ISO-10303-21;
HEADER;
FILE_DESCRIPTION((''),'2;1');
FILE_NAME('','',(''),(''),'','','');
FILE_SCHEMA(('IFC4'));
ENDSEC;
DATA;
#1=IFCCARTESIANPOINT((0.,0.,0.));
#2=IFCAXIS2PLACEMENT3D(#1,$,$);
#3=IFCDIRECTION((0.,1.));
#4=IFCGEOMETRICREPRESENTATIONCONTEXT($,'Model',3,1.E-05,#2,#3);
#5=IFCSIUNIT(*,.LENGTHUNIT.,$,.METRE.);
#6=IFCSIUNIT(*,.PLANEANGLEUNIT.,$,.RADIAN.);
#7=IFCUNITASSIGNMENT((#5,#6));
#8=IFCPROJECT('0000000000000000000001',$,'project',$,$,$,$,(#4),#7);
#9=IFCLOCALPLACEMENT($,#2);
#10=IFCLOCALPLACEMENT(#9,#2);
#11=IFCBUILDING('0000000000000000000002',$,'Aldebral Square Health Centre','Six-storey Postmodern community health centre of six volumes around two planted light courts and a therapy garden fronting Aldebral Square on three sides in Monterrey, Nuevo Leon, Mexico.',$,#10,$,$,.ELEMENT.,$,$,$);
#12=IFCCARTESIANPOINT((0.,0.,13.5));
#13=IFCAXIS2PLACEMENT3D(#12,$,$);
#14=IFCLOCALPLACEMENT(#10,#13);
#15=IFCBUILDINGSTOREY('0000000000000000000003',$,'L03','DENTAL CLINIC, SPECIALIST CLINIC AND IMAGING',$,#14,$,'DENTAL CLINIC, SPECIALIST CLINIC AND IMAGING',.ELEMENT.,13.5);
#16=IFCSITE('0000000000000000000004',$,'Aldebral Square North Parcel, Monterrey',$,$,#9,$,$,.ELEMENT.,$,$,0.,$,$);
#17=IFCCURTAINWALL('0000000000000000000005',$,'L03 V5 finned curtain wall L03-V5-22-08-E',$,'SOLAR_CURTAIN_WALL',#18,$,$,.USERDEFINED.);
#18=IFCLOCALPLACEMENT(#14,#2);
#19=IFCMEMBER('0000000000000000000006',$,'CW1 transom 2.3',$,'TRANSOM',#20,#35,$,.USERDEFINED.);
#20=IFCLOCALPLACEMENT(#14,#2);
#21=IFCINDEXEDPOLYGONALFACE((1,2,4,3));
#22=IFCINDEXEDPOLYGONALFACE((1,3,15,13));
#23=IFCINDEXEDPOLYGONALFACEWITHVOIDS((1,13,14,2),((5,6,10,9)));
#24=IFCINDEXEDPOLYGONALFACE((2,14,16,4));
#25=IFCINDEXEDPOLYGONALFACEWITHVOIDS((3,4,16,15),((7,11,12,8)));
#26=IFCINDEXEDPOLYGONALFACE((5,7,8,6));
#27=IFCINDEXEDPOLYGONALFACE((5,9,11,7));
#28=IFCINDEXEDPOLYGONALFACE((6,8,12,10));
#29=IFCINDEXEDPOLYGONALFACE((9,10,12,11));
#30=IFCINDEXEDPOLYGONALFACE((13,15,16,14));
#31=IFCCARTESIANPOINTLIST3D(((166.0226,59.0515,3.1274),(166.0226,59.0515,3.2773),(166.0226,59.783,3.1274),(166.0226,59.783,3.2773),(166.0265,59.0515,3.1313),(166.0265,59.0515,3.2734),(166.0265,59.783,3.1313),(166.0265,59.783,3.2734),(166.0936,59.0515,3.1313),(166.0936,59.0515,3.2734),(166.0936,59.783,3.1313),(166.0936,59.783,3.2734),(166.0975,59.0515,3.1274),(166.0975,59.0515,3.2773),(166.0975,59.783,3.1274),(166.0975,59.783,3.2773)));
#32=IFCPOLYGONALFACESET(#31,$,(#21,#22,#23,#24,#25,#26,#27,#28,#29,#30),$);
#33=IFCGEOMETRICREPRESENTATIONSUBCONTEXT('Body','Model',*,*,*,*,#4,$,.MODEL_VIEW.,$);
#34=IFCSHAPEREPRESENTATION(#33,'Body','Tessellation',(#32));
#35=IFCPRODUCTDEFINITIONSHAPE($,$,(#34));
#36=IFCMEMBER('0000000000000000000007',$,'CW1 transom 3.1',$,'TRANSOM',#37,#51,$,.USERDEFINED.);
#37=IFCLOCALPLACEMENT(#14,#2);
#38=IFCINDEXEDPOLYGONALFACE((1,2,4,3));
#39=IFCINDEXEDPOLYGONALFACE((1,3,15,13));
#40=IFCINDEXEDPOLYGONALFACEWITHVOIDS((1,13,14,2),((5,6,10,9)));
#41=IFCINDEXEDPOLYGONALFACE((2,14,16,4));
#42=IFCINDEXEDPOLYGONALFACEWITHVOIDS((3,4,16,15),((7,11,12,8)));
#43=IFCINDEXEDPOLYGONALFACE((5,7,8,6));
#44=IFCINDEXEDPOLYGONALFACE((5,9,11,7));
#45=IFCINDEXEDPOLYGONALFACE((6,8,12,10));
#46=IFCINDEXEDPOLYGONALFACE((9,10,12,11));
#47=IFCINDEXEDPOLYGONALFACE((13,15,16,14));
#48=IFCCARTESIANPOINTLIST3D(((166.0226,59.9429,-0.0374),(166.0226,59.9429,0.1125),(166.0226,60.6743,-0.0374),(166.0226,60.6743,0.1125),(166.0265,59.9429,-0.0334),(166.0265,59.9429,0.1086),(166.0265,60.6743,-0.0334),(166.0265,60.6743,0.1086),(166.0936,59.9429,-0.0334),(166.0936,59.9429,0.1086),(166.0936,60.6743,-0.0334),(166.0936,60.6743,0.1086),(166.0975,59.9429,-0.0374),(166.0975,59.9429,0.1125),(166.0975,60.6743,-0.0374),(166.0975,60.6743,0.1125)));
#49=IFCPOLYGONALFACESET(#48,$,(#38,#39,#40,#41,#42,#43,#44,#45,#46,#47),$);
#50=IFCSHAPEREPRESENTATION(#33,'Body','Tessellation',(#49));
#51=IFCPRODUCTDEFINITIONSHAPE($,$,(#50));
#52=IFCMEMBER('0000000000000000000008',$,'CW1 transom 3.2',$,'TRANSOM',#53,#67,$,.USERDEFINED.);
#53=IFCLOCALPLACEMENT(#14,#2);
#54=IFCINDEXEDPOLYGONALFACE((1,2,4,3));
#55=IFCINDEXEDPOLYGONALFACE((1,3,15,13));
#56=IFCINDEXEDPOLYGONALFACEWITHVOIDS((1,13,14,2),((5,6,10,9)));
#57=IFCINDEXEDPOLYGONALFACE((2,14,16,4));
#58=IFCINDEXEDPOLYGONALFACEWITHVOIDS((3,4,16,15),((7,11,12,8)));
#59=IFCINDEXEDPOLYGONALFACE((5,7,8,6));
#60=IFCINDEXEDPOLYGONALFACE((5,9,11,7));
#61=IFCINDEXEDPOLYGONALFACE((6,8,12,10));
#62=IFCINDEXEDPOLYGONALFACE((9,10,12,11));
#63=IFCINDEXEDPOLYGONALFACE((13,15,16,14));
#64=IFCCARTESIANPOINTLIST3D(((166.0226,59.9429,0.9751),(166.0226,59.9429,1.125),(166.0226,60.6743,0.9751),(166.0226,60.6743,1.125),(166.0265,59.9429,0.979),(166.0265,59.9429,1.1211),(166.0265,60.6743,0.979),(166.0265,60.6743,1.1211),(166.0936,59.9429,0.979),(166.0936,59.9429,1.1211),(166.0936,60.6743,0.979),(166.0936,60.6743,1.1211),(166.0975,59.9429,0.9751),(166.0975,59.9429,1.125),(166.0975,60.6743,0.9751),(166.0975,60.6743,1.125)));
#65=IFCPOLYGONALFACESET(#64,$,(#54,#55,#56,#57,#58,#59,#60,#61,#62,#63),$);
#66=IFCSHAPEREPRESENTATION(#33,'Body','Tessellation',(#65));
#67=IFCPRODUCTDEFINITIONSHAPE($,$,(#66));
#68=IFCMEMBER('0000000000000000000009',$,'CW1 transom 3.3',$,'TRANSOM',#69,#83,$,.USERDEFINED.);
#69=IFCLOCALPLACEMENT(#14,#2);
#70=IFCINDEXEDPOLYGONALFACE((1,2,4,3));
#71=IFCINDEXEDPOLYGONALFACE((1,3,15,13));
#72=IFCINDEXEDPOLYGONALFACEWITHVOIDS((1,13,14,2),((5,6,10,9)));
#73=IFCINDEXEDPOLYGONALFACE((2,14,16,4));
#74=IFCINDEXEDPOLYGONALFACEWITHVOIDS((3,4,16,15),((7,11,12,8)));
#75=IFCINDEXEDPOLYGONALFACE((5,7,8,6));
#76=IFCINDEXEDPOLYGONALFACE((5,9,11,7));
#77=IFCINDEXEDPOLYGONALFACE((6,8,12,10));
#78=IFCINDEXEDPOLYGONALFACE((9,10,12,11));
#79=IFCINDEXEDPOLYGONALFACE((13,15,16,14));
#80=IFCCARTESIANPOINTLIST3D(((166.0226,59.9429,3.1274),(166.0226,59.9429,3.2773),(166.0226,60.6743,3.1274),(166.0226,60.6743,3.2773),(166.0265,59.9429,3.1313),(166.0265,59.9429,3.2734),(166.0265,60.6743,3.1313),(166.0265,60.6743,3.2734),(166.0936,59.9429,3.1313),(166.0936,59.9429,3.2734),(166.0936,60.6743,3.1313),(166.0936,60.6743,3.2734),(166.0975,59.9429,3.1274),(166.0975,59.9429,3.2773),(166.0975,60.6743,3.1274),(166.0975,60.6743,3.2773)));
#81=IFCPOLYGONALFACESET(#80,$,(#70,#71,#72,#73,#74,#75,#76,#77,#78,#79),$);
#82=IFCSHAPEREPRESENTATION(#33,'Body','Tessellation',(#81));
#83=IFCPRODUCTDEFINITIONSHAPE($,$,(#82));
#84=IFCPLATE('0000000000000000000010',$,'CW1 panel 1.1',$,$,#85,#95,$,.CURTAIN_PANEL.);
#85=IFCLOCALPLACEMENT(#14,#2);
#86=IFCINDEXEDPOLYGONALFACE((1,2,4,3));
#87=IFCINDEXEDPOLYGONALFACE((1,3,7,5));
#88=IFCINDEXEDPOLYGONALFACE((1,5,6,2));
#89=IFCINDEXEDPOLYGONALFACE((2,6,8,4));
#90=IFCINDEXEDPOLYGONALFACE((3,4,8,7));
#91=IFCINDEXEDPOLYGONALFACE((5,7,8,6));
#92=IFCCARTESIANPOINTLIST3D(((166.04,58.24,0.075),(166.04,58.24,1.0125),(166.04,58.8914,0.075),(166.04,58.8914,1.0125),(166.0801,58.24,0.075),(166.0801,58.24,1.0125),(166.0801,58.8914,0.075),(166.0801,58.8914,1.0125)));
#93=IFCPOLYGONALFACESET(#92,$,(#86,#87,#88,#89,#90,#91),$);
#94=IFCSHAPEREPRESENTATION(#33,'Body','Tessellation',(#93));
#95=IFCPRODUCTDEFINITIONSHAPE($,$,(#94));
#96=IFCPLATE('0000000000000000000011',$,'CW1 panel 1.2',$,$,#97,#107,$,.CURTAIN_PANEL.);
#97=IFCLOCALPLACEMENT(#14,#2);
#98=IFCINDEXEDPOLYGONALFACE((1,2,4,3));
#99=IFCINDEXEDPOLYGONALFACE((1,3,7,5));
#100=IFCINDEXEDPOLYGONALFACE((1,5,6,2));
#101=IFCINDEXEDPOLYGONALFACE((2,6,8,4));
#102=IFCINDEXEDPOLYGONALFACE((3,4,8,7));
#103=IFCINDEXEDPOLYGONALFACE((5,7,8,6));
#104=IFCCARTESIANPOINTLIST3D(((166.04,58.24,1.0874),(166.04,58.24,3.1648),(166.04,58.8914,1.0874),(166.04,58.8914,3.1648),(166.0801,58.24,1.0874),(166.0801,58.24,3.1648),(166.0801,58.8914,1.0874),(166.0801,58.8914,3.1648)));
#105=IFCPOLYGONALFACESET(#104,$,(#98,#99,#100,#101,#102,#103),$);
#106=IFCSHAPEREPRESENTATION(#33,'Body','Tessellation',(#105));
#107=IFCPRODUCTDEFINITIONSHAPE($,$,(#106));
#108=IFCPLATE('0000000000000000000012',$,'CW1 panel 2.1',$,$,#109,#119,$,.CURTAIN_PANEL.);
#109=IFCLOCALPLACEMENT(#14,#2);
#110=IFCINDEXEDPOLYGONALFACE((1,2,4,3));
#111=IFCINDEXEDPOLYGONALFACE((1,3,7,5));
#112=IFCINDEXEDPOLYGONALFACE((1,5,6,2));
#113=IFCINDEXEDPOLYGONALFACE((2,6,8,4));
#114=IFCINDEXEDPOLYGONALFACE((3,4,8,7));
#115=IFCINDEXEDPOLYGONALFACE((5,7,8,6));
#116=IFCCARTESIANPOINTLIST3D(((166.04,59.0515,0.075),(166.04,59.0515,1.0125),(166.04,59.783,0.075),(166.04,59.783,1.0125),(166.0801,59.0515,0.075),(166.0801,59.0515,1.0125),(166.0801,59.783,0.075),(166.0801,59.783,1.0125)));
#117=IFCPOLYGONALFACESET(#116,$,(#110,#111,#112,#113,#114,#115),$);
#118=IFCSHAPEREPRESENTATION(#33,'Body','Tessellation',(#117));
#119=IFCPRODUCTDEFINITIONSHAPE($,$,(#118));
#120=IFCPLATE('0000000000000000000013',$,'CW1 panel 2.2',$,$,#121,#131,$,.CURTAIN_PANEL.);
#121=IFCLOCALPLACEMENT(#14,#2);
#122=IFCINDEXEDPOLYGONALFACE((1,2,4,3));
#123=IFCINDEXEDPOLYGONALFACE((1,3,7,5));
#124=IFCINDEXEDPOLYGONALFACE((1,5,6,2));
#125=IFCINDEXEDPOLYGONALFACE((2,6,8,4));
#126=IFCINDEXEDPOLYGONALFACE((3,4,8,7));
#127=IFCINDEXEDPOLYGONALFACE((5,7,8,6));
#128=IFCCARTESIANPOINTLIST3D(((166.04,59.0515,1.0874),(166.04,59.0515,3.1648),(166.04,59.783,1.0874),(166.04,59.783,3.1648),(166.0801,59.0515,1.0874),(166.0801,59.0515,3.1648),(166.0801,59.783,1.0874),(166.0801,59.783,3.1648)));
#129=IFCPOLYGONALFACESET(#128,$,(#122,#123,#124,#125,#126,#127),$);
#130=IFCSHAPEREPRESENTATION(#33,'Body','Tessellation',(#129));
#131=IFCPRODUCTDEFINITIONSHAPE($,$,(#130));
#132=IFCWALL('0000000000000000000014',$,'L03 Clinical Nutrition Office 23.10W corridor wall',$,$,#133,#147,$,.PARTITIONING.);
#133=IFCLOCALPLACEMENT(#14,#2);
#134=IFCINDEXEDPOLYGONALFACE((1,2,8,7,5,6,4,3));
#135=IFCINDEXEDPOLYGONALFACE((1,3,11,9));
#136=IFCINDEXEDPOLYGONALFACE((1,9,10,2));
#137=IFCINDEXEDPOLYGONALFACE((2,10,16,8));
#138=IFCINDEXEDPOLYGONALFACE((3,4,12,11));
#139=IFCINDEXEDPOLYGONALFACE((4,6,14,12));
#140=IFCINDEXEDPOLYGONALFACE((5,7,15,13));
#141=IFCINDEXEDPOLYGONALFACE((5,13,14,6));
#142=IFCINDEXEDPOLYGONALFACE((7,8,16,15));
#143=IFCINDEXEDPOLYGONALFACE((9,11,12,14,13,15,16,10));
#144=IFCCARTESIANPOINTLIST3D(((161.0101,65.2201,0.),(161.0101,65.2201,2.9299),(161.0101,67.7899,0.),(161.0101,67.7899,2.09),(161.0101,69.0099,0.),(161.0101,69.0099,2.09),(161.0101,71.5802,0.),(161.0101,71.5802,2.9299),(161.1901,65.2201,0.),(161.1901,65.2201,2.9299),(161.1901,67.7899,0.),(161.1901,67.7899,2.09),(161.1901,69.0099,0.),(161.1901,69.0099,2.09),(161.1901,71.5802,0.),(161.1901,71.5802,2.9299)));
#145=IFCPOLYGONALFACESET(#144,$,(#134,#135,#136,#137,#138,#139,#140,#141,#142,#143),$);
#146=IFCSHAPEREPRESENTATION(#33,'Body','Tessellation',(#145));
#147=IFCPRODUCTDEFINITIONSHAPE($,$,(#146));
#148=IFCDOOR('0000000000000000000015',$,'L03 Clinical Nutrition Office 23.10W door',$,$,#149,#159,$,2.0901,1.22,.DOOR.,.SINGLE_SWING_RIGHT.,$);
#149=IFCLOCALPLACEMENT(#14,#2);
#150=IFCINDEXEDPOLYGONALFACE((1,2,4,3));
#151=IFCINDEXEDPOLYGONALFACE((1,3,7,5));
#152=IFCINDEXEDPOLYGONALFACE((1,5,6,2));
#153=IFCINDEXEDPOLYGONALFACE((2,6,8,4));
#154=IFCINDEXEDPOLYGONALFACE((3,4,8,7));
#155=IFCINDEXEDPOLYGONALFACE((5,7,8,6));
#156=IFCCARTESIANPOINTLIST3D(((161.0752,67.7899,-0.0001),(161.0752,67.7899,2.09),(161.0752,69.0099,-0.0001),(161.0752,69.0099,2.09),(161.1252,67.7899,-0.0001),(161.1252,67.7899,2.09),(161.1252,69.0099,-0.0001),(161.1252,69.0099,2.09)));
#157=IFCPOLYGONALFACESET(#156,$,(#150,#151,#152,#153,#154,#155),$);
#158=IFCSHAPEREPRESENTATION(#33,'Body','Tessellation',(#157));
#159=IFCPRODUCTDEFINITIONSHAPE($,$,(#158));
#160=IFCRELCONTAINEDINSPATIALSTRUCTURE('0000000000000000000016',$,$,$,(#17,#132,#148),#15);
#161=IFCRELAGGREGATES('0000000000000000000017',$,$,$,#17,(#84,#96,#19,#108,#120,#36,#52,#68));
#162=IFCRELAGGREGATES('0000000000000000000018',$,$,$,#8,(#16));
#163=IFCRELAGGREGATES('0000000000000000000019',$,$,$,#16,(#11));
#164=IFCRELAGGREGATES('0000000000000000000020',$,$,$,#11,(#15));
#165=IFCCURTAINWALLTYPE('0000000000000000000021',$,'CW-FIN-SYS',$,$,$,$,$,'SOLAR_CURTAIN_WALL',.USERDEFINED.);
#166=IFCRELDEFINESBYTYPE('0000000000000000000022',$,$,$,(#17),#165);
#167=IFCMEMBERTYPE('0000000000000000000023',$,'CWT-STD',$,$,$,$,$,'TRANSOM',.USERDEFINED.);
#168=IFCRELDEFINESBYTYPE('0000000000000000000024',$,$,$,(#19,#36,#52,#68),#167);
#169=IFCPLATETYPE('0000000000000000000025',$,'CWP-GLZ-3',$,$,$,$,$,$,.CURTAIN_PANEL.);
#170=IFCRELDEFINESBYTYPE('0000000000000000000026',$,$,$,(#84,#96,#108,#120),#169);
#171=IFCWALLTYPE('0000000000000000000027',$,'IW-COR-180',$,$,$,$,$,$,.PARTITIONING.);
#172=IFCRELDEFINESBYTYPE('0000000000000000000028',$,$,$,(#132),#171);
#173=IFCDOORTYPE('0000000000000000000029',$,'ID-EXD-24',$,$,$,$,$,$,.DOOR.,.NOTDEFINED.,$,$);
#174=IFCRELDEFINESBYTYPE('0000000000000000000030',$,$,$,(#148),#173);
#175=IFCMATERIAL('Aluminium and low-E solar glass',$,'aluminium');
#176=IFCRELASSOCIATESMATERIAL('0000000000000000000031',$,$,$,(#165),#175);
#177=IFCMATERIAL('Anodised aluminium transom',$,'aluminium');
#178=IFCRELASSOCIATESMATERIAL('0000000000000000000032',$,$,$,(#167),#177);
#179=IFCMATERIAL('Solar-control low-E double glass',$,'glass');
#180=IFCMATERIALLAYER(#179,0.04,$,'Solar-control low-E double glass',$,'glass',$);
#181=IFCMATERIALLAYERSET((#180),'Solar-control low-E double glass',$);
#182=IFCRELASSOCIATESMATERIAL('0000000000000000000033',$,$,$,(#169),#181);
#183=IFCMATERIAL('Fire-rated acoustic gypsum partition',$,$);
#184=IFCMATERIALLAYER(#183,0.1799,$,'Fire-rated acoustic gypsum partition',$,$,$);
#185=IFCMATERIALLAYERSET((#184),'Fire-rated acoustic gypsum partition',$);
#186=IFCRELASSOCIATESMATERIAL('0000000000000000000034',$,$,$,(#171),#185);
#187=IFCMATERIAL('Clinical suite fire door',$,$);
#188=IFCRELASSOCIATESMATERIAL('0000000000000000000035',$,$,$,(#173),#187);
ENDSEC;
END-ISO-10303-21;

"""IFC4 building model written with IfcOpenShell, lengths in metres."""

from ifc_helpers import new_model, si_unit, direction, frame, frame_2d, origin, origin_2d, place, context, subcontext, project, spatial, rectangle, hollow_rectangle, extrude, material, layer, layer_set, material_profile, profile_set, type_object, element, fill, aggregate, save


model = new_model("IFC4")

# Units and contexts
model_context = context("Model", 3, precision=1e-05, world=origin(), true_north=direction((0.0, 1.0)))
body_context = subcontext(model_context, "Body", "Model", "MODEL_VIEW")
ifc_project = project(units=[si_unit("LENGTHUNIT", "METRE"), si_unit("PLANEANGLEUNIT", "RADIAN")], contexts=[model_context])

# Site, building, storey
site_placement = place(None, origin())
site = spatial("IfcSite", under=ifc_project, at=site_placement, Name="Aldebral Square North Parcel, Monterrey", CompositionType="ELEMENT", RefElevation=0.0)
building_placement = place(site_placement, origin())
building = spatial("IfcBuilding", under=site, at=building_placement, Name="Aldebral Square Health Centre", Description="Six-storey Postmodern community health centre of six volumes around two planted light courts and a therapy garden fronting Aldebral Square on three sides in Monterrey, Nuevo Leon, Mexico.", CompositionType="ELEMENT")
storey_placement = place(building_placement, frame((0.0, 0.0, 13.5)))
storey = spatial("IfcBuildingStorey", under=building, at=storey_placement, Name="L03", Description="DENTAL CLINIC, SPECIALIST CLINIC AND IMAGING", LongName="DENTAL CLINIC, SPECIALIST CLINIC AND IMAGING", CompositionType="ELEMENT", Elevation=13.5)

# Curtain wall, members, plates
ifc_material_1 = material(Name="Aluminium and low-E solar glass", Category="aluminium")
curtain_wall_type = type_object("IfcCurtainWallType", Name="CW-FIN-SYS", ElementType="SOLAR_CURTAIN_WALL", PredefinedType="USERDEFINED", material=ifc_material_1)
curtain_wall_placement = place(storey_placement, origin())
curtain_wall = element("IfcCurtainWall", 1, at=curtain_wall_placement, inside=storey, type_object=curtain_wall_type, Name="L03 V5 finned curtain wall L03-V5-22-08-E", ObjectType="SOLAR_CURTAIN_WALL", PredefinedType="USERDEFINED")
ifc_material_2 = material(Name="Anodised aluminium transom", Category="aluminium")
ifc_material_profile_1 = material_profile(ifc_material_2, hollow_rectangle(XDim=0.075, YDim=0.1499, WallThickness=0.0039, at=origin_2d()), Name="CWT 75x150x4")
ifc_profile_set_1 = profile_set([ifc_material_profile_1], Name="Anodised aluminium transom")
member_type_1 = type_object("IfcMemberType", Name="CWT-STD", ElementType="TRANSOM", PredefinedType="USERDEFINED", material=ifc_profile_set_1)
member_1_placement = place(storey_placement, frame((166.0601, 59.0515, 3.2024), z_axis=(0.0, 1.0, 0.0), x_axis=(-1.0, 0.0, 0.0)))
member_1 = element("IfcMember", 2, at=member_1_placement, type_object=member_type_1, Name="CW1 transom 2.3", ObjectType="TRANSOM", PredefinedType="USERDEFINED", context=body_context, shape_type="SweptSolid", body=[
    extrude(hollow_rectangle(XDim=0.075, YDim=0.1499, WallThickness=0.0039, at=origin_2d()), origin(), (0.0, 0.0, 1.0), 0.7314),
])
member_2_placement = place(storey_placement, frame((166.0601, 59.9429, 0.0376), z_axis=(0.0, 1.0, 0.0), x_axis=(-1.0, 0.0, 0.0)))
member_2 = element("IfcMember", 3, at=member_2_placement, type_object=member_type_1, Name="CW1 transom 3.1", ObjectType="TRANSOM", PredefinedType="USERDEFINED", context=body_context, shape_type="SweptSolid", body=[
    extrude(hollow_rectangle(XDim=0.075, YDim=0.1499, WallThickness=0.0039, at=origin_2d()), origin(), (0.0, 0.0, 1.0), 0.7314),
])
member_3_placement = place(storey_placement, frame((166.0601, 59.9429, 1.05), z_axis=(0.0, 1.0, 0.0), x_axis=(-1.0, 0.0, 0.0)))
member_3 = element("IfcMember", 4, at=member_3_placement, type_object=member_type_1, Name="CW1 transom 3.2", ObjectType="TRANSOM", PredefinedType="USERDEFINED", context=body_context, shape_type="SweptSolid", body=[
    extrude(hollow_rectangle(XDim=0.075, YDim=0.1499, WallThickness=0.0039, at=origin_2d()), origin(), (0.0, 0.0, 1.0), 0.7314),
])
member_4_placement = place(storey_placement, frame((166.0601, 59.9429, 3.2024), z_axis=(0.0, 1.0, 0.0), x_axis=(-1.0, 0.0, 0.0)))
member_4 = element("IfcMember", 5, at=member_4_placement, type_object=member_type_1, Name="CW1 transom 3.3", ObjectType="TRANSOM", PredefinedType="USERDEFINED", context=body_context, shape_type="SweptSolid", body=[
    extrude(hollow_rectangle(XDim=0.075, YDim=0.1499, WallThickness=0.0039, at=origin_2d()), origin(), (0.0, 0.0, 1.0), 0.7314),
])
ifc_material_3 = material(Name="Solar-control low-E double glass", Category="glass")
ifc_layer_1 = layer(ifc_material_3, 0.04, Name="Solar-control low-E double glass", Category="glass")
ifc_layer_set_1 = layer_set([ifc_layer_1], Name="Solar-control low-E double glass")
plate_type = type_object("IfcPlateType", Name="CWP-GLZ-3", PredefinedType="CURTAIN_PANEL", material=ifc_layer_set_1)
plate_1_placement = place(storey_placement, frame((166.0601, 58.5657, 0.075), z_axis=(0.0, 0.0, 1.0), x_axis=(0.0, 1.0, 0.0)))
plate_1 = element("IfcPlate", 6, at=plate_1_placement, type_object=plate_type, Name="CW1 panel 1.1", PredefinedType="CURTAIN_PANEL", context=body_context, shape_type="SweptSolid", body=[
    extrude(rectangle(XDim=0.6514, YDim=0.04, at=origin_2d()), origin(), (0.0, 0.0, 1.0), 0.9375),
])
plate_2_placement = place(storey_placement, frame((166.0601, 58.5657, 1.0874), z_axis=(0.0, 0.0, 1.0), x_axis=(0.0, 1.0, 0.0)))
plate_2 = element("IfcPlate", 7, at=plate_2_placement, type_object=plate_type, Name="CW1 panel 1.2", PredefinedType="CURTAIN_PANEL", context=body_context, shape_type="SweptSolid", body=[
    extrude(rectangle(XDim=0.6514, YDim=0.04, at=origin_2d()), origin(), (0.0, 0.0, 1.0), 2.0774),
])
plate_3_placement = place(storey_placement, frame((166.0601, 59.4172, 0.075), z_axis=(0.0, 0.0, 1.0), x_axis=(0.0, 1.0, 0.0)))
plate_3 = element("IfcPlate", 8, at=plate_3_placement, type_object=plate_type, Name="CW1 panel 2.1", PredefinedType="CURTAIN_PANEL", context=body_context, shape_type="SweptSolid", body=[
    extrude(rectangle(XDim=0.7314, YDim=0.04, at=origin_2d()), origin(), (0.0, 0.0, 1.0), 0.9375),
])
plate_4_placement = place(storey_placement, frame((166.0601, 59.4172, 1.0874), z_axis=(0.0, 0.0, 1.0), x_axis=(0.0, 1.0, 0.0)))
plate_4 = element("IfcPlate", 9, at=plate_4_placement, type_object=plate_type, Name="CW1 panel 2.2", PredefinedType="CURTAIN_PANEL", context=body_context, shape_type="SweptSolid", body=[
    extrude(rectangle(XDim=0.7314, YDim=0.04, at=origin_2d()), origin(), (0.0, 0.0, 1.0), 2.0774),
])
aggregate(curtain_wall, [plate_1, plate_2, member_1, plate_3, plate_4, member_2, member_3, member_4])

# Wall, opening, door
ifc_material_4 = material(Name="Fire-rated acoustic gypsum partition")
ifc_layer_2 = layer(ifc_material_4, 0.1799, Name="Fire-rated acoustic gypsum partition")
ifc_layer_set_2 = layer_set([ifc_layer_2], Name="Fire-rated acoustic gypsum partition")
wall_type_1 = type_object("IfcWallType", Name="IW-COR-180", PredefinedType="PARTITIONING", material=ifc_layer_set_2)
wall_1_placement = place(storey_placement, frame((161.1001, 65.22, 0.0), z_axis=(0.0, 0.0, 1.0), x_axis=(0.0, 1.0, 0.0)))
wall_1 = element("IfcWall", 10, at=wall_1_placement, inside=storey, type_object=wall_type_1, Name="L03 Clinical Nutrition Office 23.10W corridor wall", PredefinedType="PARTITIONING", context=body_context, shape_type="SweptSolid", body=[
    extrude(rectangle(XDim=6.3601, YDim=0.1799, at=frame_2d((3.1802, 0.0))), origin(), (0.0, 0.0, 1.0), 2.9299),
])
opening_1_placement = place(wall_1_placement, frame((2.5701, 0.0, 0.0)))
opening_1 = element("IfcOpeningElement", 11, at=opening_1_placement, cuts=wall_1, PredefinedType="OPENING", context=body_context, shape_type="SweptSolid", body=[
    extrude(rectangle(XDim=1.22, YDim=2.0901, at=frame_2d((0.6099, 1.0449))), frame((0.0, 0.1001, 0.0), z_axis=(0.0, -1.0, 0.0), x_axis=(1.0, 0.0, 0.0)), (0.0, 0.0, 1.0), 0.2),
])
ifc_material_5 = material(Name="Clinical suite fire door")
door_type_1 = type_object("IfcDoorType", Name="ID-EXD-24", OperationType="NOTDEFINED", PredefinedType="DOOR", material=ifc_material_5)
door_1_placement = place(opening_1_placement, origin())
door_1 = element("IfcDoor", 12, at=door_1_placement, inside=storey, type_object=door_type_1, Name="L03 Clinical Nutrition Office 23.10W door", OperationType="SINGLE_SWING_RIGHT", OverallHeight=2.0901, OverallWidth=1.22, PredefinedType="DOOR", context=body_context, shape_type="SweptSolid", body=[
    extrude(rectangle(XDim=1.22, YDim=2.0901, at=frame_2d((0.6099, 1.0449))), frame((0.0, 0.0249, 0.0), z_axis=(0.0, -1.0, 0.0), x_axis=(1.0, 0.0, 0.0)), (0.0, 0.0, 1.0), 0.05),
])
fill(opening_1, door_1)

save(model, "model.ifc")
